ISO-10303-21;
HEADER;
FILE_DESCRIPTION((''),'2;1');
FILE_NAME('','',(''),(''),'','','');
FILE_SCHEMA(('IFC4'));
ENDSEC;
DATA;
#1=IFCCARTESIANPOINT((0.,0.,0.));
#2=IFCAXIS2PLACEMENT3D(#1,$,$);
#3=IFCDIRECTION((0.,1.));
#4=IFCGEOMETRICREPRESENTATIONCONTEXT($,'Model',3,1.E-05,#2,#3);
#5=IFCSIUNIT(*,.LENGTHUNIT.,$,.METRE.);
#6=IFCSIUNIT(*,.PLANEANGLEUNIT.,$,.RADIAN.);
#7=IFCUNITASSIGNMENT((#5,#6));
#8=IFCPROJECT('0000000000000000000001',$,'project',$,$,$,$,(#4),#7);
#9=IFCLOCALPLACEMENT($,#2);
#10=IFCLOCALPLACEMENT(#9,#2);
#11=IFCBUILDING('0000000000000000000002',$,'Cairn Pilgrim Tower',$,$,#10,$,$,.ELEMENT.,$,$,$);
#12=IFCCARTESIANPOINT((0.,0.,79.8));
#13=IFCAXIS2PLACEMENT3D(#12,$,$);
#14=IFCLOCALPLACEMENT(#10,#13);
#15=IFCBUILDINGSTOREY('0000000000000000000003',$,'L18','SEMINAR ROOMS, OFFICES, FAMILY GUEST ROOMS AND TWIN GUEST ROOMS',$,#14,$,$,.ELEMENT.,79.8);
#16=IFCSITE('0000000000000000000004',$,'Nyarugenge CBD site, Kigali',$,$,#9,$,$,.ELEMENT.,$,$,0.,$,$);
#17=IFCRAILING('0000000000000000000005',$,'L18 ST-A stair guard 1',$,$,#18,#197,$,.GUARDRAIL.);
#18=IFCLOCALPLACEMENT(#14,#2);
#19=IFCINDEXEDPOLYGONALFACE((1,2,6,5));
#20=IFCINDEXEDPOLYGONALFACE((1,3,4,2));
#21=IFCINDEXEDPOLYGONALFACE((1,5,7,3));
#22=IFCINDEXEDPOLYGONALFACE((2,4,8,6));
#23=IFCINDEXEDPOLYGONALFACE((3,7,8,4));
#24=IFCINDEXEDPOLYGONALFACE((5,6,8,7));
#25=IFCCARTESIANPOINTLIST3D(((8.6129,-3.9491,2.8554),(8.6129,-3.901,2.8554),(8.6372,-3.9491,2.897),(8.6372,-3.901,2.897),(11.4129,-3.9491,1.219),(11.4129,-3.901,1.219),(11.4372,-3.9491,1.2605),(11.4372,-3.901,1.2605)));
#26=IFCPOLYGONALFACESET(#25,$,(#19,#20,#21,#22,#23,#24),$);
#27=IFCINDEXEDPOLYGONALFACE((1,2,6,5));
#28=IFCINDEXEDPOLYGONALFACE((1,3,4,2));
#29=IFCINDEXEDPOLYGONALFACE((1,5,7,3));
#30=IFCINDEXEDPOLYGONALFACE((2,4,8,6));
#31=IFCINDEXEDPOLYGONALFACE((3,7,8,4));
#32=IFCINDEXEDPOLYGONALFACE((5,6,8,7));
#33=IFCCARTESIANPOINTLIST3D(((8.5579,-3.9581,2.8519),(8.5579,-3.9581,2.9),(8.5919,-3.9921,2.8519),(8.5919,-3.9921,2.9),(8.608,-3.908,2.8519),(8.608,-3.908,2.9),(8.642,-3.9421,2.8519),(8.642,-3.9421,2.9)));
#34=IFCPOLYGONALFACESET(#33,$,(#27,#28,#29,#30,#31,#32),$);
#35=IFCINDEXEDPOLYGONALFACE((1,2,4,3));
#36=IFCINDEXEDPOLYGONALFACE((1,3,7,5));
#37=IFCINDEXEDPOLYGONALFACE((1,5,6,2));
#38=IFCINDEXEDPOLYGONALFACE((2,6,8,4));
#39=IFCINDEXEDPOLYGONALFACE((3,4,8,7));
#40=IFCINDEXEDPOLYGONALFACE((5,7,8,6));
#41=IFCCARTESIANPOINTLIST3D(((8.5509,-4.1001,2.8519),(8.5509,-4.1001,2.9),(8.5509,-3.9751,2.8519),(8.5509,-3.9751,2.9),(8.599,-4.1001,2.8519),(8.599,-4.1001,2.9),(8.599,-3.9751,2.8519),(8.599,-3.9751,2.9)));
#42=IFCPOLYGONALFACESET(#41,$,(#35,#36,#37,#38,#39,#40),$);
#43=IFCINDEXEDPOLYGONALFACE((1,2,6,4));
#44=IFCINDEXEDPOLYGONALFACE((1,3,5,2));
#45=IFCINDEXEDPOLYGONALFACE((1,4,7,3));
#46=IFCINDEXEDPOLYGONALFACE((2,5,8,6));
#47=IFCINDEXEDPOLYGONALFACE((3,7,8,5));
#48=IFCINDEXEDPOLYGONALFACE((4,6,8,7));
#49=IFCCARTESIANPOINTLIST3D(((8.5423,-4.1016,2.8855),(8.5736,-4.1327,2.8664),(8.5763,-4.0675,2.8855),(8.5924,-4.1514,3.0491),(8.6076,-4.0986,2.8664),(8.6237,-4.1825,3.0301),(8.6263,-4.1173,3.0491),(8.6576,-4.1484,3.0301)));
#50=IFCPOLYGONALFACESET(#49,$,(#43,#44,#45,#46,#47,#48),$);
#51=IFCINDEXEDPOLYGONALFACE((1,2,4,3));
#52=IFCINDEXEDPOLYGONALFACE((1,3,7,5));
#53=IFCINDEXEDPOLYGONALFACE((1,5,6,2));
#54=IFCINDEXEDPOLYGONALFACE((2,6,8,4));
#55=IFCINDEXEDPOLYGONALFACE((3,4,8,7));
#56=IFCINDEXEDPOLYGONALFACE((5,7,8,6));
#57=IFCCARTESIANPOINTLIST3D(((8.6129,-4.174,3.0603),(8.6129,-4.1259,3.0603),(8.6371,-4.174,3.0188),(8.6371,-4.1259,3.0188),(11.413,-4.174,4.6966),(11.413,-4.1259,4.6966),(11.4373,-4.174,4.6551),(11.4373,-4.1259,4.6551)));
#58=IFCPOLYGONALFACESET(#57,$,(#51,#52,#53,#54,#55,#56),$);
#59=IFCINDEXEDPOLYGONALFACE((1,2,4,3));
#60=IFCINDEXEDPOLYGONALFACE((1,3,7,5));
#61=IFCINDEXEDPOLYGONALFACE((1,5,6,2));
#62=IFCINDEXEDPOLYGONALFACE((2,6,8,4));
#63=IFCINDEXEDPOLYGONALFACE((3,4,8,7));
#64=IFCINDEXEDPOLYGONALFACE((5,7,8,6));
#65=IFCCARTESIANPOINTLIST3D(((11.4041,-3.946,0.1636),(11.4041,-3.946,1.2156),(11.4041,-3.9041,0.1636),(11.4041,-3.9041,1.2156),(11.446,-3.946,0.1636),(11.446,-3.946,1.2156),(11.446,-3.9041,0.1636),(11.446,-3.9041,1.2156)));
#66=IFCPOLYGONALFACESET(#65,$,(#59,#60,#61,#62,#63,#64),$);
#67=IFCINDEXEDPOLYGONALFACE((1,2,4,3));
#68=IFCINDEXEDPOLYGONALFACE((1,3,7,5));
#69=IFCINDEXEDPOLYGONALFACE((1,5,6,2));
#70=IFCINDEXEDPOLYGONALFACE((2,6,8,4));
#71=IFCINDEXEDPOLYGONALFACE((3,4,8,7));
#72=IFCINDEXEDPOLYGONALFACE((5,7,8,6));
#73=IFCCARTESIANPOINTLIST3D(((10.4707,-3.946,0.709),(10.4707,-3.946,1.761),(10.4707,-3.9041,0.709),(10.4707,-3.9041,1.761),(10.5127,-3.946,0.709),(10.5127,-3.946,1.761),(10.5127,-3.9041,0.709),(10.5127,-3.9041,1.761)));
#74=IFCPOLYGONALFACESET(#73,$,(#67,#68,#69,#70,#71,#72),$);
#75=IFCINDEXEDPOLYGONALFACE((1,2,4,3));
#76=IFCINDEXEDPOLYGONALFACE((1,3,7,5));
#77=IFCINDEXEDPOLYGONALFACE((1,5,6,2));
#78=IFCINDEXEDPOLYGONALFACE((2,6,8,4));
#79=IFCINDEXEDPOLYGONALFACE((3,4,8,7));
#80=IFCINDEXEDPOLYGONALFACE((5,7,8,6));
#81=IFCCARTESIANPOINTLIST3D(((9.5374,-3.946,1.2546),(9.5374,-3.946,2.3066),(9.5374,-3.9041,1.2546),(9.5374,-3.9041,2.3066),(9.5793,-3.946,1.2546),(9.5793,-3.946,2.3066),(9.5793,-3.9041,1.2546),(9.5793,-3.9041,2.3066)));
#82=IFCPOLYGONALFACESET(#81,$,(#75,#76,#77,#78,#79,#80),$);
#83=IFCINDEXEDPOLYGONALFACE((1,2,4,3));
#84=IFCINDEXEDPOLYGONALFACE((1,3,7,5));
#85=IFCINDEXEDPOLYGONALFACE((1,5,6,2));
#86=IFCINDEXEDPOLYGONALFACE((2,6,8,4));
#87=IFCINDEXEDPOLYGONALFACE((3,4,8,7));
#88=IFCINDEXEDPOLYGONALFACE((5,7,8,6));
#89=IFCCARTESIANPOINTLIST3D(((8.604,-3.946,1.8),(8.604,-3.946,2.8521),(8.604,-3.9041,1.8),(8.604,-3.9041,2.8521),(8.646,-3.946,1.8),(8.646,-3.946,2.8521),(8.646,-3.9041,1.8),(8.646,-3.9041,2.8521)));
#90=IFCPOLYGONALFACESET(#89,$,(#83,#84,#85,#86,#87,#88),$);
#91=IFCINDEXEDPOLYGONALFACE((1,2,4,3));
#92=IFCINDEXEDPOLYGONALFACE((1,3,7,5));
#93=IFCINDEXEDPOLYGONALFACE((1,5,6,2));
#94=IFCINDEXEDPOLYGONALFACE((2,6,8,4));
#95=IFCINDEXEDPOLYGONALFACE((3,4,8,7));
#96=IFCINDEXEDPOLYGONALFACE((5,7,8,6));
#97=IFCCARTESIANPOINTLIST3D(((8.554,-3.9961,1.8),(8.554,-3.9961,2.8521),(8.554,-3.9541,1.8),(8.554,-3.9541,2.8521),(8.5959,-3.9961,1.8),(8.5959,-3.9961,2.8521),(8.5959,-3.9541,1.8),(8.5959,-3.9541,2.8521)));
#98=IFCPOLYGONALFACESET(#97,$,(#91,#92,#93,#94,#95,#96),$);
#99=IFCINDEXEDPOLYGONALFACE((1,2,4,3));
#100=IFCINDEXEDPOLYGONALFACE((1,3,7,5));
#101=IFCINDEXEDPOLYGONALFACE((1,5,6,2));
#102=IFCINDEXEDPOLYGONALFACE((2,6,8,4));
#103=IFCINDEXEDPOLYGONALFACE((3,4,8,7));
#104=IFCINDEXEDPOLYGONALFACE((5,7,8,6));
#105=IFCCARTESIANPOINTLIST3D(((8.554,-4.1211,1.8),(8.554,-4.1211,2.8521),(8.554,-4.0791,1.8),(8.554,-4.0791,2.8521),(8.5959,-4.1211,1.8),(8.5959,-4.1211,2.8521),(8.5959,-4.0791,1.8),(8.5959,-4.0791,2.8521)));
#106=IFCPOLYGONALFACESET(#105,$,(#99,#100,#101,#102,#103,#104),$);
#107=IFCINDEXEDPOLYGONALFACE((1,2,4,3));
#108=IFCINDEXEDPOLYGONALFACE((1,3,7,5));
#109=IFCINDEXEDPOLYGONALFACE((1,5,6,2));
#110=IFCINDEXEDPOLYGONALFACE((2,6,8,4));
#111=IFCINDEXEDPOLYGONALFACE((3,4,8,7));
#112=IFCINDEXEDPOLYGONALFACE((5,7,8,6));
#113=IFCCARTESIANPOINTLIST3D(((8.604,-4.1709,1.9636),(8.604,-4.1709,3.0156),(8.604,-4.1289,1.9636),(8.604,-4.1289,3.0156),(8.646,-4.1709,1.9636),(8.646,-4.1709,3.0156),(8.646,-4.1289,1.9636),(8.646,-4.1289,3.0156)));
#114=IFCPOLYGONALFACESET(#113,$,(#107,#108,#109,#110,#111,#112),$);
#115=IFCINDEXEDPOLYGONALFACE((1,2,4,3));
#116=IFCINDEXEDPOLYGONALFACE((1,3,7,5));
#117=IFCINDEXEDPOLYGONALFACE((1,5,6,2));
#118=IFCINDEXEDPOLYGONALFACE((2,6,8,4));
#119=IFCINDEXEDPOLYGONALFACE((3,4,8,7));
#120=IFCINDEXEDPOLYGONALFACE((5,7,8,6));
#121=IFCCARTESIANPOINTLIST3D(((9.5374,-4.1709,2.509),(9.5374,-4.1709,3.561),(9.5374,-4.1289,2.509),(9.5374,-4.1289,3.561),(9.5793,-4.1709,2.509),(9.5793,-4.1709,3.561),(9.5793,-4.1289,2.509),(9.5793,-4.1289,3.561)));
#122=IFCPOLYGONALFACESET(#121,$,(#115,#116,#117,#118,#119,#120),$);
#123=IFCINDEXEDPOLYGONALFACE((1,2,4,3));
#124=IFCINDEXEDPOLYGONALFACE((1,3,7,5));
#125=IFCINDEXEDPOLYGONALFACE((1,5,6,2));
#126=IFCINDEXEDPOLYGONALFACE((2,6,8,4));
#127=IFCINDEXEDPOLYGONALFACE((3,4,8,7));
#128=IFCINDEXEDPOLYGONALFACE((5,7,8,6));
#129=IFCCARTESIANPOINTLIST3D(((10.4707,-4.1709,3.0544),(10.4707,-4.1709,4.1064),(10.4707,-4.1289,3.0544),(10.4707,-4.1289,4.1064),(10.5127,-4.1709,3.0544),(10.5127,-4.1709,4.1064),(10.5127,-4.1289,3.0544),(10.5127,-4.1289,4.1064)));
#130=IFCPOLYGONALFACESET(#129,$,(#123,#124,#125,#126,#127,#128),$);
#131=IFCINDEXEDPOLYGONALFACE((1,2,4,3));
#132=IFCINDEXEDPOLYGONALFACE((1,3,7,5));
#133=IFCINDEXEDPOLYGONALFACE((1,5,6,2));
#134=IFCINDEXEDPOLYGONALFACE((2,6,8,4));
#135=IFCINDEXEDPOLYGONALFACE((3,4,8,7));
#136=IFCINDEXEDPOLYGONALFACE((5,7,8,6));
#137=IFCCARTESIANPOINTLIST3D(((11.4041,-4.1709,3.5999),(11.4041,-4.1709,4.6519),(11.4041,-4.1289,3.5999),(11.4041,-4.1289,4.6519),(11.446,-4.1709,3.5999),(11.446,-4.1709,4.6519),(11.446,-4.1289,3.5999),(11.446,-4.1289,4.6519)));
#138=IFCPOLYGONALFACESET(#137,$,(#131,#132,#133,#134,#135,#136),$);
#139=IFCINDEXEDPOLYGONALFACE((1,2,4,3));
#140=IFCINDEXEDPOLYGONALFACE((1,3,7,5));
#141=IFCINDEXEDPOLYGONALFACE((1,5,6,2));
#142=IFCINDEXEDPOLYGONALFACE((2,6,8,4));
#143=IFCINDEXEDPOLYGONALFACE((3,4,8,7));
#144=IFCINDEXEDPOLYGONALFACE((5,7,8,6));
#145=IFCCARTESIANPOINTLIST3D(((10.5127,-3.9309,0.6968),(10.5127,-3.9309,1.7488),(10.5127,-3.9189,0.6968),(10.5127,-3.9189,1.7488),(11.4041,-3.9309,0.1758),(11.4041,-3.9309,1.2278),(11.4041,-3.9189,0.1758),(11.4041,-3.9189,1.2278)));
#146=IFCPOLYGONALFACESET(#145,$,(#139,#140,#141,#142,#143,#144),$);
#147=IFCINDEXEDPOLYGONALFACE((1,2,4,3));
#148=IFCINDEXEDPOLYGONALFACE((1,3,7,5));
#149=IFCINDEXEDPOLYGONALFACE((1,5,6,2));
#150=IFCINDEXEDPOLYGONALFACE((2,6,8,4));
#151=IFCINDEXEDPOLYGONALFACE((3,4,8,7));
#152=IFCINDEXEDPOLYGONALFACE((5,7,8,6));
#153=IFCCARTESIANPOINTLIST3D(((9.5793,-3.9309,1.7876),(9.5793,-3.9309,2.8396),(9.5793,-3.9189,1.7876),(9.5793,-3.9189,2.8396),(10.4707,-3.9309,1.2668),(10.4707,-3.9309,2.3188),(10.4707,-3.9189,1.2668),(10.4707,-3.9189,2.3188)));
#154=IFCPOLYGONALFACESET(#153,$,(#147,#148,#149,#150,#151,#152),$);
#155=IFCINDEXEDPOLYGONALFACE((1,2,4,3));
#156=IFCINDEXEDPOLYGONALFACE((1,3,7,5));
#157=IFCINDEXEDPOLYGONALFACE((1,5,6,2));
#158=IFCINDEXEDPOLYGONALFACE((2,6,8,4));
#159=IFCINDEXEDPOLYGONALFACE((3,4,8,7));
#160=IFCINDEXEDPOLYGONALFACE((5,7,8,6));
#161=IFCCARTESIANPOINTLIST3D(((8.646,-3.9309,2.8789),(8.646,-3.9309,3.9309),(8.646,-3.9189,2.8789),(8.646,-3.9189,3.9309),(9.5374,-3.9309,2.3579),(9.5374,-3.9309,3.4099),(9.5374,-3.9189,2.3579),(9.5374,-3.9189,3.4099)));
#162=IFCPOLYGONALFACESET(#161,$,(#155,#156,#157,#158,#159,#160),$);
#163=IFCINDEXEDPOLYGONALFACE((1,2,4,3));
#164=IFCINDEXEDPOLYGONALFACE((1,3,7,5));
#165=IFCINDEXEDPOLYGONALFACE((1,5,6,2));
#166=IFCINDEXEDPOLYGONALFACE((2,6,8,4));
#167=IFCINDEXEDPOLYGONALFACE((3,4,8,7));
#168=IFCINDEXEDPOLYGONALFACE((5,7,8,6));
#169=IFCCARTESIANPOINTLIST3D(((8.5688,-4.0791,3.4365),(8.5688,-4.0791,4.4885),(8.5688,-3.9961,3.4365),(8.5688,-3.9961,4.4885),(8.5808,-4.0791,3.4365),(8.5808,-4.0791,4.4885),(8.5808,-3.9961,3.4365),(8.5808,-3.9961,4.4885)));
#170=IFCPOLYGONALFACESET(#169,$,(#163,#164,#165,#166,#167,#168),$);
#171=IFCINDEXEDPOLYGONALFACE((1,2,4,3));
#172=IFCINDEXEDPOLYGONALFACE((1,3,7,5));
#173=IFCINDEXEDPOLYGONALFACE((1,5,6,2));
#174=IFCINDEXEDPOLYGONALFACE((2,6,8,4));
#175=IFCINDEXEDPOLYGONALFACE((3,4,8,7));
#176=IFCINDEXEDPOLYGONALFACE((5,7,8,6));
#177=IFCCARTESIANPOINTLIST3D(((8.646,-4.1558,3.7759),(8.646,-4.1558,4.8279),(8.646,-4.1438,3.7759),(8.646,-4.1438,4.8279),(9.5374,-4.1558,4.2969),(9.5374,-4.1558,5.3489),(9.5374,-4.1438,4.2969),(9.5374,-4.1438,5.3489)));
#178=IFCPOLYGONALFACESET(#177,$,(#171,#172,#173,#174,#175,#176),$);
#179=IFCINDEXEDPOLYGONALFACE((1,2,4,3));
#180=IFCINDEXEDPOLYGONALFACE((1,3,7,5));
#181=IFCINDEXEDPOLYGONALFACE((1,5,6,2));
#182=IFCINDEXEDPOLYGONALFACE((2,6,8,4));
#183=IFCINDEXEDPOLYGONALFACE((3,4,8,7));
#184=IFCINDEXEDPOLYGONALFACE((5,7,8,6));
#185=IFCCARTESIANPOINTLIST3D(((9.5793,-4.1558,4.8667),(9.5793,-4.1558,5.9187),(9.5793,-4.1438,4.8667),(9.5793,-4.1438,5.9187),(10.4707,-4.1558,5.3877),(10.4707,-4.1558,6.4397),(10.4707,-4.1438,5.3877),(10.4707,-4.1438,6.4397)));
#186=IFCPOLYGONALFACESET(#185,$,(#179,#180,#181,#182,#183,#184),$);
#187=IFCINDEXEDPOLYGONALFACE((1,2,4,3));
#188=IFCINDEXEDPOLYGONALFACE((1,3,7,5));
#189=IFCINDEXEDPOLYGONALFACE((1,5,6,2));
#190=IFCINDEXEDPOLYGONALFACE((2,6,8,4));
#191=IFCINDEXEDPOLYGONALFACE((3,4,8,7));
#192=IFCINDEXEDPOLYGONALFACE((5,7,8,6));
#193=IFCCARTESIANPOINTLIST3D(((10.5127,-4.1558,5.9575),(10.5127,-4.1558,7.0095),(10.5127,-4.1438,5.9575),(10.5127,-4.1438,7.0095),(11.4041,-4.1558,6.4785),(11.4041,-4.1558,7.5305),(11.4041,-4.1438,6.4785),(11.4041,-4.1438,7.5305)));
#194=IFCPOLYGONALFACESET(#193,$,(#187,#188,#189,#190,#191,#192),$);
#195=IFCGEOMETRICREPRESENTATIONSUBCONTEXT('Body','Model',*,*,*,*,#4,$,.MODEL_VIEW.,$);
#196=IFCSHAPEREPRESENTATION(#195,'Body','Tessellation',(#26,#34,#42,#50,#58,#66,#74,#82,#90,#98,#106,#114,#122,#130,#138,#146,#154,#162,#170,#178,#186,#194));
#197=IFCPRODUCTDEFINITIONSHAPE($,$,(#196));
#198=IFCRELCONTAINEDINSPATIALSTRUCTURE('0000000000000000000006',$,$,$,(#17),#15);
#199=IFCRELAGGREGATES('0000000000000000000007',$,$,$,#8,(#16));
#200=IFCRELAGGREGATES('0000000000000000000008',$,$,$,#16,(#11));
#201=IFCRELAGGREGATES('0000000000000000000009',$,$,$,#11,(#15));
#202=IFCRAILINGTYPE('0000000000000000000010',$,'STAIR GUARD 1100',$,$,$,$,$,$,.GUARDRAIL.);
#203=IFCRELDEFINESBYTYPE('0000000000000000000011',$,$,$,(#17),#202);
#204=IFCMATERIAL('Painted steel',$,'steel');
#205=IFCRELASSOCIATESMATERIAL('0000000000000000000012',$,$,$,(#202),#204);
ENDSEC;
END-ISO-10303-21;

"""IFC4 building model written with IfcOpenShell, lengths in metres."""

from ifc_helpers import new_model, si_unit, direction, frame, origin, origin_2d, place, context, subcontext, project, spatial, polyline, rectangle, outline, extrude, material, type_object, element, save


model = new_model("IFC4")

# Units and contexts
model_context = context("Model", 3, precision=1e-05, world=origin(), true_north=direction((0.0, 1.0)))
body_context = subcontext(model_context, "Body", "Model", "MODEL_VIEW")
ifc_project = project(units=[si_unit("LENGTHUNIT", "METRE"), si_unit("PLANEANGLEUNIT", "RADIAN")], contexts=[model_context])

# Site, building, storey
site_placement = place(None, origin())
site = spatial("IfcSite", under=ifc_project, at=site_placement, Name="Nyarugenge CBD site, Kigali", CompositionType="ELEMENT", RefElevation=0.0)
building_placement = place(site_placement, origin())
building = spatial("IfcBuilding", under=site, at=building_placement, Name="Cairn Pilgrim Tower", CompositionType="ELEMENT")
storey_placement = place(building_placement, frame((0.0, 0.0, 79.8)))
storey = spatial("IfcBuildingStorey", under=building, at=storey_placement, Name="L18", Description="SEMINAR ROOMS, OFFICES, FAMILY GUEST ROOMS AND TWIN GUEST ROOMS", CompositionType="ELEMENT", Elevation=79.8)

# Shared definitions
ifc_material_1 = material(Name="Painted steel", Category="steel")

# Railing
railing_type_1 = type_object("IfcRailingType", Name="STAIR GUARD 1100", PredefinedType="GUARDRAIL", material=ifc_material_1)
railing_1_placement = place(storey_placement, frame((11.425, -3.925, 0.1636)))
element("IfcRailing", 1, at=railing_1_placement, inside=storey, type_object=railing_type_1, Name="L18 ST-A stair guard 1", PredefinedType="GUARDRAIL", context=body_context, shape_type="SweptSolid", body=[
    extrude(rectangle(XDim=0.0481, YDim=0.0481, at=origin_2d()), frame((0.0, 0.0, 1.0762), z_axis=(-0.863361, 0.0, 0.504587), x_axis=(0.0, -1.0, 0.0)), (0.0, 0.0, 1.0), 3.2432),
    extrude(rectangle(XDim=0.0481, YDim=0.0481, at=origin_2d()), frame((-2.8, 0.0, 2.7124), z_axis=(-0.707107, -0.707107, 0.0), x_axis=(0.707107, -0.707107, 0.0)), (0.0, 0.0, 1.0), 0.0708),
    extrude(rectangle(XDim=0.0481, YDim=0.0481, at=origin_2d()), frame((-2.8501, -0.05, 2.7124), z_axis=(0.0, -1.0, 0.0), x_axis=(1.0, 0.0, 0.0)), (0.0, 0.0, 1.0), 0.125),
    extrude(rectangle(XDim=0.0481, YDim=0.0481, at=origin_2d()), frame((-2.8501, -0.175, 2.7124), z_axis=(0.280917, -0.279546, 0.918118), x_axis=(0.705376, 0.708834, 0.0)), (0.0, 0.0, 1.0), 0.1782),
    extrude(rectangle(XDim=0.0481, YDim=0.0481, at=origin_2d()), frame((-2.8, -0.2249, 2.876), z_axis=(0.863394, 0.0, 0.504531), x_axis=(0.0, 1.0, 0.0)), (0.0, 0.0, 1.0), 3.2432),
    extrude(rectangle(XDim=0.042, YDim=0.042, at=origin_2d()), origin(), (0.0, 0.0, 1.0), 1.052),
    extrude(rectangle(XDim=0.042, YDim=0.042, at=origin_2d()), frame((-0.9333, 0.0, 0.5454)), (0.0, 0.0, 1.0), 1.052),
    extrude(rectangle(XDim=0.042, YDim=0.042, at=origin_2d()), frame((-1.8667, 0.0, 1.0911)), (0.0, 0.0, 1.0), 1.052),
    extrude(rectangle(XDim=0.042, YDim=0.042, at=origin_2d()), frame((-2.8, 0.0, 1.6365)), (0.0, 0.0, 1.0), 1.052),
    extrude(rectangle(XDim=0.042, YDim=0.042, at=origin_2d()), frame((-2.8501, -0.05, 1.6365)), (0.0, 0.0, 1.0), 1.052),
    extrude(rectangle(XDim=0.042, YDim=0.042, at=origin_2d()), frame((-2.8501, -0.175, 1.6365)), (0.0, 0.0, 1.0), 1.052),
    extrude(rectangle(XDim=0.042, YDim=0.042, at=origin_2d()), frame((-2.8, -0.2249, 1.8)), (0.0, 0.0, 1.0), 1.052),
    extrude(rectangle(XDim=0.042, YDim=0.042, at=origin_2d()), frame((-1.8667, -0.2249, 2.3455)), (0.0, 0.0, 1.0), 1.052),
    extrude(rectangle(XDim=0.042, YDim=0.042, at=origin_2d()), frame((-0.9333, -0.2249, 2.8909)), (0.0, 0.0, 1.0), 1.052),
    extrude(rectangle(XDim=0.042, YDim=0.042, at=origin_2d()), frame((0.0, -0.2249, 3.4363)), (0.0, 0.0, 1.0), 1.052),
    extrude(outline(polyline([(0.021, 0.0122), (0.9124, 0.5332), (0.9124, 1.5852), (0.021, 1.0642), (0.021, 0.0122)])), frame((0.0, -0.0059, 0.0), z_axis=(0.0, 1.0, 0.0), x_axis=(-1.0, 0.0, 0.0)), (0.0, 0.0, 1.0), 0.012),
    extrude(outline(polyline([(0.021, 0.5579), (0.9124, 1.0786), (0.9124, 2.1306), (0.021, 1.6099), (0.021, 0.5579)])), frame((-0.9333, -0.0059, 0.5454), z_axis=(0.0, 1.0, 0.0), x_axis=(-1.0, 0.0, 0.0)), (0.0, 0.0, 1.0), 0.012),
    extrude(outline(polyline([(0.021, 1.1033), (0.9124, 1.6243), (0.9124, 2.6763), (0.021, 2.1553), (0.021, 1.1033)])), frame((-1.8667, -0.0059, 1.0911), z_axis=(0.0, 1.0, 0.0), x_axis=(-1.0, 0.0, 0.0)), (0.0, 0.0, 1.0), 0.012),
    extrude(outline(polyline([(0.021, 1.6365), (0.104, 1.6365), (0.104, 2.6885), (0.021, 2.6885), (0.021, 1.6365)])), frame((-2.8442, -0.05, 1.6365), z_axis=(-1.0, 0.0, 0.0), x_axis=(0.0, -1.0, 0.0)), (0.0, 0.0, 1.0), 0.012),
    extrude(outline(polyline([(0.021, 1.8123), (0.9124, 2.3333), (0.9124, 3.3853), (0.021, 2.8643), (0.021, 1.8123)])), frame((-2.8, -0.2188, 1.8), z_axis=(0.0, -1.0, 0.0), x_axis=(1.0, 0.0, 0.0)), (0.0, 0.0, 1.0), 0.012),
    extrude(outline(polyline([(0.021, 2.3577), (0.9124, 2.8787), (0.9124, 3.9307), (0.021, 3.4097), (0.021, 2.3577)])), frame((-1.8667, -0.2188, 2.3455), z_axis=(0.0, -1.0, 0.0), x_axis=(1.0, 0.0, 0.0)), (0.0, 0.0, 1.0), 0.012),
    extrude(outline(polyline([(0.021, 2.9031), (0.9124, 3.4241), (0.9124, 4.4761), (0.021, 3.9551), (0.021, 2.9031)])), frame((-0.9333, -0.2188, 2.8909), z_axis=(0.0, -1.0, 0.0), x_axis=(1.0, 0.0, 0.0)), (0.0, 0.0, 1.0), 0.012),
])

save(model, "model.ifc")
